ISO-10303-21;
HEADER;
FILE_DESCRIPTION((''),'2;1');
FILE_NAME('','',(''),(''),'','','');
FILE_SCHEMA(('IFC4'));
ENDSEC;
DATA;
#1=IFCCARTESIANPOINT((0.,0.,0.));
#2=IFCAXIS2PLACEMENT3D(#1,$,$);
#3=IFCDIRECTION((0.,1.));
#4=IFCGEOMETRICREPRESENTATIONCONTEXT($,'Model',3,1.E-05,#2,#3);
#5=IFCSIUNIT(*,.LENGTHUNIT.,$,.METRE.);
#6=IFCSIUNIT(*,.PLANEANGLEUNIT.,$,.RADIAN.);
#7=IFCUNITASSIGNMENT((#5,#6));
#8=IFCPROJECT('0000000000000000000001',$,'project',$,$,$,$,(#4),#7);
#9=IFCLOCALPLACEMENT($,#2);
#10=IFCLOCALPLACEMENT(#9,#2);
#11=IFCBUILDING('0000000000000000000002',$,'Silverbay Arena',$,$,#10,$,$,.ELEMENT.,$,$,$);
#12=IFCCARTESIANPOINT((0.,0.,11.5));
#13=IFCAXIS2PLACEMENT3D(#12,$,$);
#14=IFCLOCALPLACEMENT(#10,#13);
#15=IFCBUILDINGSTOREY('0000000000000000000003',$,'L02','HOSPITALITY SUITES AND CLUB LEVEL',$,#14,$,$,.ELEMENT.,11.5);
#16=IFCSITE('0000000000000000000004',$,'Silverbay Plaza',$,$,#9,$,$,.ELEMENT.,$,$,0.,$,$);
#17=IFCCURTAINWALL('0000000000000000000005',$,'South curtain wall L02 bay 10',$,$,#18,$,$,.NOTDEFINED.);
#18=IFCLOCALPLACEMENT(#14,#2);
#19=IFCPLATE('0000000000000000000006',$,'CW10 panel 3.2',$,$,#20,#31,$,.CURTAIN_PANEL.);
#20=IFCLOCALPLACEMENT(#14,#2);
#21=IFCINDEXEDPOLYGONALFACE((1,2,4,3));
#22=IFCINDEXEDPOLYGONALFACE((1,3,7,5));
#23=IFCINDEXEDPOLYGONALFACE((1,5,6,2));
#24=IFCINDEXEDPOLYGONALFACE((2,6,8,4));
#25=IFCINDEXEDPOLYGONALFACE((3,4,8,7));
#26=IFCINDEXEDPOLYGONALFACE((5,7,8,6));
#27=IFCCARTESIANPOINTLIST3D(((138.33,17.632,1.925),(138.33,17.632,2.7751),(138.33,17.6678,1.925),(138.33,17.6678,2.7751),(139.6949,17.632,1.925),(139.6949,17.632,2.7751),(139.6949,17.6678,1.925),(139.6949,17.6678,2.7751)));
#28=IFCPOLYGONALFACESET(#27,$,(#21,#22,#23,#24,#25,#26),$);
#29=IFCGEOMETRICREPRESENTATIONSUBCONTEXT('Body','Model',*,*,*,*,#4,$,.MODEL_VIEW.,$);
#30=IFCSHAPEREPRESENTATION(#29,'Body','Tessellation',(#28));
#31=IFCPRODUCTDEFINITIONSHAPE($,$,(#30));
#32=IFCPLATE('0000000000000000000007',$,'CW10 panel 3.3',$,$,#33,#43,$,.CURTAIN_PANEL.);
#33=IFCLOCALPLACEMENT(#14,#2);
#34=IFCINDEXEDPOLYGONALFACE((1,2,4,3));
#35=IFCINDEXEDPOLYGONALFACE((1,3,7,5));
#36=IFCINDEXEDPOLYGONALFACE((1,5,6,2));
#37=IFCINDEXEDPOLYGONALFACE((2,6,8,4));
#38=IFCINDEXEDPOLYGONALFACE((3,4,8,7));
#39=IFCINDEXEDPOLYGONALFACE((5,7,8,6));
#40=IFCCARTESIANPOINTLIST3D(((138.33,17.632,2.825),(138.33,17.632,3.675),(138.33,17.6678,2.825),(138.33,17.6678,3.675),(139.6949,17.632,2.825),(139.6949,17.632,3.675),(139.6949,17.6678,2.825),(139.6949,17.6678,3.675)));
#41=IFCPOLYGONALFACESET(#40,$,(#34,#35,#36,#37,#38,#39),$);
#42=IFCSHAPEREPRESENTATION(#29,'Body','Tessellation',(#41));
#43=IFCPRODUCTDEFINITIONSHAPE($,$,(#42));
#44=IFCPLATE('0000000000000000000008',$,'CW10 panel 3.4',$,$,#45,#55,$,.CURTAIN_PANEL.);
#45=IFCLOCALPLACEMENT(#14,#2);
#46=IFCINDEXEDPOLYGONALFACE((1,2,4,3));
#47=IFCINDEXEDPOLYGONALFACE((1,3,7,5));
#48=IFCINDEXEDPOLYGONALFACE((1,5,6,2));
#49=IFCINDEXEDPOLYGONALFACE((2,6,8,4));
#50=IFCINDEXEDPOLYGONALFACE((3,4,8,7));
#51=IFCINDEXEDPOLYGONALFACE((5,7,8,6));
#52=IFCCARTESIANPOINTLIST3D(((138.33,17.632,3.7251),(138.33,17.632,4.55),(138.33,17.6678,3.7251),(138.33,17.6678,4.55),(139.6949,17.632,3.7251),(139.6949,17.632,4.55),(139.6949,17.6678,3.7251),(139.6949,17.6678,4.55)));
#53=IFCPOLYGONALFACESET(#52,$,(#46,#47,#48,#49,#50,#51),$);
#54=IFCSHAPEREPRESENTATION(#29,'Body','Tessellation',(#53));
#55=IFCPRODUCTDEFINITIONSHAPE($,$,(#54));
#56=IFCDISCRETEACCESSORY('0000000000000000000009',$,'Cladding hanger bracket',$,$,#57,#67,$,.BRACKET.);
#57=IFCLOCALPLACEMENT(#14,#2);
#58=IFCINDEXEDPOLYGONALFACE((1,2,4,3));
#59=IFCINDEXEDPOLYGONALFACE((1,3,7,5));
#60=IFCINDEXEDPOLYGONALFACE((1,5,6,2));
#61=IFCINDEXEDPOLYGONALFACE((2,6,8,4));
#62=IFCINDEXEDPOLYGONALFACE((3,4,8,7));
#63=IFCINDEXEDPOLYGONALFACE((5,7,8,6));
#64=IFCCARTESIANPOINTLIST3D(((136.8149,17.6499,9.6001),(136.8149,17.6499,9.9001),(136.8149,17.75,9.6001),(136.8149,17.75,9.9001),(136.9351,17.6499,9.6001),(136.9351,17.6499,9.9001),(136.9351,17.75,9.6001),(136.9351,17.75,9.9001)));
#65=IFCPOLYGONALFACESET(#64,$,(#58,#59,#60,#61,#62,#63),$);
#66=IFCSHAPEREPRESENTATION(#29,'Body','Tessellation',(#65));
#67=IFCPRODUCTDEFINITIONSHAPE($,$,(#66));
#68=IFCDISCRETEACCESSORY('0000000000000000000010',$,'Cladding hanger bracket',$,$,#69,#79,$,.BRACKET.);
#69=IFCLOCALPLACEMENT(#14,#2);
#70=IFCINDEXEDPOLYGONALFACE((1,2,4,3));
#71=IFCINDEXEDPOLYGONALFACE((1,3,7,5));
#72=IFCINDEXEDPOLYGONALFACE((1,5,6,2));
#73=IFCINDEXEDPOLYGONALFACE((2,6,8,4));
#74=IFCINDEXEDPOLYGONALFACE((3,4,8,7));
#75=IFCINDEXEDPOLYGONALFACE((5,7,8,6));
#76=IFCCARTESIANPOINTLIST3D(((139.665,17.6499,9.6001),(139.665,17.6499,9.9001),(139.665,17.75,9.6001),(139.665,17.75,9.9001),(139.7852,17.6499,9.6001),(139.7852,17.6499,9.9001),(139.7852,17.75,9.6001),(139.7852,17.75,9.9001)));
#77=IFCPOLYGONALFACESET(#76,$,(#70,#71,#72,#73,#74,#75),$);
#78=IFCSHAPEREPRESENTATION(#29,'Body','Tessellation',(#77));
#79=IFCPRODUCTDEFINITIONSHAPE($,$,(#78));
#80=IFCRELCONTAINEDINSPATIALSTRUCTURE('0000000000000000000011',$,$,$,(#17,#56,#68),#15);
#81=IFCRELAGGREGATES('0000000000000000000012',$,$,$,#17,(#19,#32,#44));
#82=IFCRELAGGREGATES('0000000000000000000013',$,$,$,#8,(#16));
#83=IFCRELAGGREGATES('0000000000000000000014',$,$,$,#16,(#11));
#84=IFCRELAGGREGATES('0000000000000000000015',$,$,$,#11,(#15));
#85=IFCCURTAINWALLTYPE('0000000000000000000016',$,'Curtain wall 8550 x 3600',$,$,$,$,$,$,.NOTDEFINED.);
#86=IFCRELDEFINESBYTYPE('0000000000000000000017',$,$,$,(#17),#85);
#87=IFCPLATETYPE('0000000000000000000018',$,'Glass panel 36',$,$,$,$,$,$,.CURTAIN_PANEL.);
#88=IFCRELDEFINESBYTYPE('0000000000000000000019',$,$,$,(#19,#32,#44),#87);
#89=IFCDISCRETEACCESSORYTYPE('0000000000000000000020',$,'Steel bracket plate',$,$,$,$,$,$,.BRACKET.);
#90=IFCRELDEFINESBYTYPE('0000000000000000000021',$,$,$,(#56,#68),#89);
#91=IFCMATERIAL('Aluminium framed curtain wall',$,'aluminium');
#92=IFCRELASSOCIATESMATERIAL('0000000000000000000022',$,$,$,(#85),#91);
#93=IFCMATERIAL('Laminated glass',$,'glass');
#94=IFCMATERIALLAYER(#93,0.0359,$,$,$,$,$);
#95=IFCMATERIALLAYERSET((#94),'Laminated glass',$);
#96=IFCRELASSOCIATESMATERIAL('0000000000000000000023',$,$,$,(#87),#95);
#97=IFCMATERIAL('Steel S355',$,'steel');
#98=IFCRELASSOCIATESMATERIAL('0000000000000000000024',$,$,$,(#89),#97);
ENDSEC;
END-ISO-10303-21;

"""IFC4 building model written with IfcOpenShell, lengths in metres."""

from ifc_helpers import new_model, si_unit, direction, frame, origin, origin_2d, place, context, subcontext, project, spatial, rectangle, extrude, material, layer, layer_set, type_object, element, aggregate, save


model = new_model("IFC4")

# Units and contexts
model_context = context("Model", 3, precision=1e-05, world=origin(), true_north=direction((0.0, 1.0)))
body_context = subcontext(model_context, "Body", "Model", "MODEL_VIEW")
ifc_project = project(units=[si_unit("LENGTHUNIT", "METRE"), si_unit("PLANEANGLEUNIT", "RADIAN")], contexts=[model_context])

# Site, building, storey
site_placement = place(None, origin())
site = spatial("IfcSite", under=ifc_project, at=site_placement, Name="Silverbay Plaza", CompositionType="ELEMENT", RefElevation=0.0)
building_placement = place(site_placement, origin())
building = spatial("IfcBuilding", under=site, at=building_placement, Name="Silverbay Arena", CompositionType="ELEMENT")
storey_placement = place(building_placement, frame((0.0, 0.0, 11.5)))
storey = spatial("IfcBuildingStorey", under=building, at=storey_placement, Name="L02", Description="HOSPITALITY SUITES AND CLUB LEVEL", CompositionType="ELEMENT", Elevation=11.5)

# Curtain wall
ifc_material_1 = material(Name="Aluminium framed curtain wall", Category="aluminium")
curtain_wall_type = type_object("IfcCurtainWallType", Name="Curtain wall 8550 x 3600", PredefinedType="NOTDEFINED", material=ifc_material_1)
curtain_wall_placement = place(storey_placement, origin())
curtain_wall = element("IfcCurtainWall", 1, at=curtain_wall_placement, inside=storey, type_object=curtain_wall_type, Name="South curtain wall L02 bay 10", PredefinedType="NOTDEFINED")

# Plates
ifc_material_2 = material(Name="Laminated glass", Category="glass")
ifc_layer = layer(ifc_material_2, 0.0359)
ifc_layer_set = layer_set([ifc_layer], Name="Laminated glass")
plate_type = type_object("IfcPlateType", Name="Glass panel 36", PredefinedType="CURTAIN_PANEL", material=ifc_layer_set)
plate_1_placement = place(storey_placement, frame((139.0125, 17.6499, 1.925), z_axis=(0.0, 0.0, 1.0), x_axis=(1.0, 0.0, 0.0)))
plate_1 = element("IfcPlate", 2, at=plate_1_placement, type_object=plate_type, Name="CW10 panel 3.2", PredefinedType="CURTAIN_PANEL", context=body_context, shape_type="SweptSolid", body=[
    extrude(rectangle(XDim=1.365, YDim=0.0359, at=origin_2d()), origin(), (0.0, 0.0, 1.0), 0.8501),
])
plate_2_placement = place(storey_placement, frame((139.0125, 17.6499, 2.825), z_axis=(0.0, 0.0, 1.0), x_axis=(1.0, 0.0, 0.0)))
plate_2 = element("IfcPlate", 3, at=plate_2_placement, type_object=plate_type, Name="CW10 panel 3.3", PredefinedType="CURTAIN_PANEL", context=body_context, shape_type="SweptSolid", body=[
    extrude(rectangle(XDim=1.365, YDim=0.0359, at=origin_2d()), origin(), (0.0, 0.0, 1.0), 0.8501),
])
plate_3_placement = place(storey_placement, frame((139.0125, 17.6499, 3.7251), z_axis=(0.0, 0.0, 1.0), x_axis=(1.0, 0.0, 0.0)))
plate_3 = element("IfcPlate", 4, at=plate_3_placement, type_object=plate_type, Name="CW10 panel 3.4", PredefinedType="CURTAIN_PANEL", context=body_context, shape_type="SweptSolid", body=[
    extrude(rectangle(XDim=1.365, YDim=0.0359, at=origin_2d()), origin(), (0.0, 0.0, 1.0), 0.825),
])
aggregate(curtain_wall, [plate_1, plate_2, plate_3])

# Discrete accessories
ifc_material_3 = material(Name="Steel S355", Category="steel")
discrete_accessory_type = type_object("IfcDiscreteAccessoryType", Name="Steel bracket plate", PredefinedType="BRACKET", material=ifc_material_3)
for number, where, z_axis, x_axis, name in (
    (5, (136.875, 17.7, 9.6001), (0.0, 0.0, 1.0), (1.0, 0.0, 0.0), "Cladding hanger bracket"),
    (6, (139.7251, 17.7, 9.6001), (0.0, 0.0, 1.0), (1.0, 0.0, 0.0), "Cladding hanger bracket"),
):
    element("IfcDiscreteAccessory", number, at=place(storey_placement, frame(where, z_axis=z_axis, x_axis=x_axis)), inside=storey, type_object=discrete_accessory_type, Name=name, PredefinedType="BRACKET", context=body_context, shape_type="SweptSolid", body=[
        extrude(rectangle(XDim=0.1201, YDim=0.1001, at=origin_2d()), origin(), (0.0, 0.0, 1.0), 0.3),
    ])

save(model, "model.ifc")
